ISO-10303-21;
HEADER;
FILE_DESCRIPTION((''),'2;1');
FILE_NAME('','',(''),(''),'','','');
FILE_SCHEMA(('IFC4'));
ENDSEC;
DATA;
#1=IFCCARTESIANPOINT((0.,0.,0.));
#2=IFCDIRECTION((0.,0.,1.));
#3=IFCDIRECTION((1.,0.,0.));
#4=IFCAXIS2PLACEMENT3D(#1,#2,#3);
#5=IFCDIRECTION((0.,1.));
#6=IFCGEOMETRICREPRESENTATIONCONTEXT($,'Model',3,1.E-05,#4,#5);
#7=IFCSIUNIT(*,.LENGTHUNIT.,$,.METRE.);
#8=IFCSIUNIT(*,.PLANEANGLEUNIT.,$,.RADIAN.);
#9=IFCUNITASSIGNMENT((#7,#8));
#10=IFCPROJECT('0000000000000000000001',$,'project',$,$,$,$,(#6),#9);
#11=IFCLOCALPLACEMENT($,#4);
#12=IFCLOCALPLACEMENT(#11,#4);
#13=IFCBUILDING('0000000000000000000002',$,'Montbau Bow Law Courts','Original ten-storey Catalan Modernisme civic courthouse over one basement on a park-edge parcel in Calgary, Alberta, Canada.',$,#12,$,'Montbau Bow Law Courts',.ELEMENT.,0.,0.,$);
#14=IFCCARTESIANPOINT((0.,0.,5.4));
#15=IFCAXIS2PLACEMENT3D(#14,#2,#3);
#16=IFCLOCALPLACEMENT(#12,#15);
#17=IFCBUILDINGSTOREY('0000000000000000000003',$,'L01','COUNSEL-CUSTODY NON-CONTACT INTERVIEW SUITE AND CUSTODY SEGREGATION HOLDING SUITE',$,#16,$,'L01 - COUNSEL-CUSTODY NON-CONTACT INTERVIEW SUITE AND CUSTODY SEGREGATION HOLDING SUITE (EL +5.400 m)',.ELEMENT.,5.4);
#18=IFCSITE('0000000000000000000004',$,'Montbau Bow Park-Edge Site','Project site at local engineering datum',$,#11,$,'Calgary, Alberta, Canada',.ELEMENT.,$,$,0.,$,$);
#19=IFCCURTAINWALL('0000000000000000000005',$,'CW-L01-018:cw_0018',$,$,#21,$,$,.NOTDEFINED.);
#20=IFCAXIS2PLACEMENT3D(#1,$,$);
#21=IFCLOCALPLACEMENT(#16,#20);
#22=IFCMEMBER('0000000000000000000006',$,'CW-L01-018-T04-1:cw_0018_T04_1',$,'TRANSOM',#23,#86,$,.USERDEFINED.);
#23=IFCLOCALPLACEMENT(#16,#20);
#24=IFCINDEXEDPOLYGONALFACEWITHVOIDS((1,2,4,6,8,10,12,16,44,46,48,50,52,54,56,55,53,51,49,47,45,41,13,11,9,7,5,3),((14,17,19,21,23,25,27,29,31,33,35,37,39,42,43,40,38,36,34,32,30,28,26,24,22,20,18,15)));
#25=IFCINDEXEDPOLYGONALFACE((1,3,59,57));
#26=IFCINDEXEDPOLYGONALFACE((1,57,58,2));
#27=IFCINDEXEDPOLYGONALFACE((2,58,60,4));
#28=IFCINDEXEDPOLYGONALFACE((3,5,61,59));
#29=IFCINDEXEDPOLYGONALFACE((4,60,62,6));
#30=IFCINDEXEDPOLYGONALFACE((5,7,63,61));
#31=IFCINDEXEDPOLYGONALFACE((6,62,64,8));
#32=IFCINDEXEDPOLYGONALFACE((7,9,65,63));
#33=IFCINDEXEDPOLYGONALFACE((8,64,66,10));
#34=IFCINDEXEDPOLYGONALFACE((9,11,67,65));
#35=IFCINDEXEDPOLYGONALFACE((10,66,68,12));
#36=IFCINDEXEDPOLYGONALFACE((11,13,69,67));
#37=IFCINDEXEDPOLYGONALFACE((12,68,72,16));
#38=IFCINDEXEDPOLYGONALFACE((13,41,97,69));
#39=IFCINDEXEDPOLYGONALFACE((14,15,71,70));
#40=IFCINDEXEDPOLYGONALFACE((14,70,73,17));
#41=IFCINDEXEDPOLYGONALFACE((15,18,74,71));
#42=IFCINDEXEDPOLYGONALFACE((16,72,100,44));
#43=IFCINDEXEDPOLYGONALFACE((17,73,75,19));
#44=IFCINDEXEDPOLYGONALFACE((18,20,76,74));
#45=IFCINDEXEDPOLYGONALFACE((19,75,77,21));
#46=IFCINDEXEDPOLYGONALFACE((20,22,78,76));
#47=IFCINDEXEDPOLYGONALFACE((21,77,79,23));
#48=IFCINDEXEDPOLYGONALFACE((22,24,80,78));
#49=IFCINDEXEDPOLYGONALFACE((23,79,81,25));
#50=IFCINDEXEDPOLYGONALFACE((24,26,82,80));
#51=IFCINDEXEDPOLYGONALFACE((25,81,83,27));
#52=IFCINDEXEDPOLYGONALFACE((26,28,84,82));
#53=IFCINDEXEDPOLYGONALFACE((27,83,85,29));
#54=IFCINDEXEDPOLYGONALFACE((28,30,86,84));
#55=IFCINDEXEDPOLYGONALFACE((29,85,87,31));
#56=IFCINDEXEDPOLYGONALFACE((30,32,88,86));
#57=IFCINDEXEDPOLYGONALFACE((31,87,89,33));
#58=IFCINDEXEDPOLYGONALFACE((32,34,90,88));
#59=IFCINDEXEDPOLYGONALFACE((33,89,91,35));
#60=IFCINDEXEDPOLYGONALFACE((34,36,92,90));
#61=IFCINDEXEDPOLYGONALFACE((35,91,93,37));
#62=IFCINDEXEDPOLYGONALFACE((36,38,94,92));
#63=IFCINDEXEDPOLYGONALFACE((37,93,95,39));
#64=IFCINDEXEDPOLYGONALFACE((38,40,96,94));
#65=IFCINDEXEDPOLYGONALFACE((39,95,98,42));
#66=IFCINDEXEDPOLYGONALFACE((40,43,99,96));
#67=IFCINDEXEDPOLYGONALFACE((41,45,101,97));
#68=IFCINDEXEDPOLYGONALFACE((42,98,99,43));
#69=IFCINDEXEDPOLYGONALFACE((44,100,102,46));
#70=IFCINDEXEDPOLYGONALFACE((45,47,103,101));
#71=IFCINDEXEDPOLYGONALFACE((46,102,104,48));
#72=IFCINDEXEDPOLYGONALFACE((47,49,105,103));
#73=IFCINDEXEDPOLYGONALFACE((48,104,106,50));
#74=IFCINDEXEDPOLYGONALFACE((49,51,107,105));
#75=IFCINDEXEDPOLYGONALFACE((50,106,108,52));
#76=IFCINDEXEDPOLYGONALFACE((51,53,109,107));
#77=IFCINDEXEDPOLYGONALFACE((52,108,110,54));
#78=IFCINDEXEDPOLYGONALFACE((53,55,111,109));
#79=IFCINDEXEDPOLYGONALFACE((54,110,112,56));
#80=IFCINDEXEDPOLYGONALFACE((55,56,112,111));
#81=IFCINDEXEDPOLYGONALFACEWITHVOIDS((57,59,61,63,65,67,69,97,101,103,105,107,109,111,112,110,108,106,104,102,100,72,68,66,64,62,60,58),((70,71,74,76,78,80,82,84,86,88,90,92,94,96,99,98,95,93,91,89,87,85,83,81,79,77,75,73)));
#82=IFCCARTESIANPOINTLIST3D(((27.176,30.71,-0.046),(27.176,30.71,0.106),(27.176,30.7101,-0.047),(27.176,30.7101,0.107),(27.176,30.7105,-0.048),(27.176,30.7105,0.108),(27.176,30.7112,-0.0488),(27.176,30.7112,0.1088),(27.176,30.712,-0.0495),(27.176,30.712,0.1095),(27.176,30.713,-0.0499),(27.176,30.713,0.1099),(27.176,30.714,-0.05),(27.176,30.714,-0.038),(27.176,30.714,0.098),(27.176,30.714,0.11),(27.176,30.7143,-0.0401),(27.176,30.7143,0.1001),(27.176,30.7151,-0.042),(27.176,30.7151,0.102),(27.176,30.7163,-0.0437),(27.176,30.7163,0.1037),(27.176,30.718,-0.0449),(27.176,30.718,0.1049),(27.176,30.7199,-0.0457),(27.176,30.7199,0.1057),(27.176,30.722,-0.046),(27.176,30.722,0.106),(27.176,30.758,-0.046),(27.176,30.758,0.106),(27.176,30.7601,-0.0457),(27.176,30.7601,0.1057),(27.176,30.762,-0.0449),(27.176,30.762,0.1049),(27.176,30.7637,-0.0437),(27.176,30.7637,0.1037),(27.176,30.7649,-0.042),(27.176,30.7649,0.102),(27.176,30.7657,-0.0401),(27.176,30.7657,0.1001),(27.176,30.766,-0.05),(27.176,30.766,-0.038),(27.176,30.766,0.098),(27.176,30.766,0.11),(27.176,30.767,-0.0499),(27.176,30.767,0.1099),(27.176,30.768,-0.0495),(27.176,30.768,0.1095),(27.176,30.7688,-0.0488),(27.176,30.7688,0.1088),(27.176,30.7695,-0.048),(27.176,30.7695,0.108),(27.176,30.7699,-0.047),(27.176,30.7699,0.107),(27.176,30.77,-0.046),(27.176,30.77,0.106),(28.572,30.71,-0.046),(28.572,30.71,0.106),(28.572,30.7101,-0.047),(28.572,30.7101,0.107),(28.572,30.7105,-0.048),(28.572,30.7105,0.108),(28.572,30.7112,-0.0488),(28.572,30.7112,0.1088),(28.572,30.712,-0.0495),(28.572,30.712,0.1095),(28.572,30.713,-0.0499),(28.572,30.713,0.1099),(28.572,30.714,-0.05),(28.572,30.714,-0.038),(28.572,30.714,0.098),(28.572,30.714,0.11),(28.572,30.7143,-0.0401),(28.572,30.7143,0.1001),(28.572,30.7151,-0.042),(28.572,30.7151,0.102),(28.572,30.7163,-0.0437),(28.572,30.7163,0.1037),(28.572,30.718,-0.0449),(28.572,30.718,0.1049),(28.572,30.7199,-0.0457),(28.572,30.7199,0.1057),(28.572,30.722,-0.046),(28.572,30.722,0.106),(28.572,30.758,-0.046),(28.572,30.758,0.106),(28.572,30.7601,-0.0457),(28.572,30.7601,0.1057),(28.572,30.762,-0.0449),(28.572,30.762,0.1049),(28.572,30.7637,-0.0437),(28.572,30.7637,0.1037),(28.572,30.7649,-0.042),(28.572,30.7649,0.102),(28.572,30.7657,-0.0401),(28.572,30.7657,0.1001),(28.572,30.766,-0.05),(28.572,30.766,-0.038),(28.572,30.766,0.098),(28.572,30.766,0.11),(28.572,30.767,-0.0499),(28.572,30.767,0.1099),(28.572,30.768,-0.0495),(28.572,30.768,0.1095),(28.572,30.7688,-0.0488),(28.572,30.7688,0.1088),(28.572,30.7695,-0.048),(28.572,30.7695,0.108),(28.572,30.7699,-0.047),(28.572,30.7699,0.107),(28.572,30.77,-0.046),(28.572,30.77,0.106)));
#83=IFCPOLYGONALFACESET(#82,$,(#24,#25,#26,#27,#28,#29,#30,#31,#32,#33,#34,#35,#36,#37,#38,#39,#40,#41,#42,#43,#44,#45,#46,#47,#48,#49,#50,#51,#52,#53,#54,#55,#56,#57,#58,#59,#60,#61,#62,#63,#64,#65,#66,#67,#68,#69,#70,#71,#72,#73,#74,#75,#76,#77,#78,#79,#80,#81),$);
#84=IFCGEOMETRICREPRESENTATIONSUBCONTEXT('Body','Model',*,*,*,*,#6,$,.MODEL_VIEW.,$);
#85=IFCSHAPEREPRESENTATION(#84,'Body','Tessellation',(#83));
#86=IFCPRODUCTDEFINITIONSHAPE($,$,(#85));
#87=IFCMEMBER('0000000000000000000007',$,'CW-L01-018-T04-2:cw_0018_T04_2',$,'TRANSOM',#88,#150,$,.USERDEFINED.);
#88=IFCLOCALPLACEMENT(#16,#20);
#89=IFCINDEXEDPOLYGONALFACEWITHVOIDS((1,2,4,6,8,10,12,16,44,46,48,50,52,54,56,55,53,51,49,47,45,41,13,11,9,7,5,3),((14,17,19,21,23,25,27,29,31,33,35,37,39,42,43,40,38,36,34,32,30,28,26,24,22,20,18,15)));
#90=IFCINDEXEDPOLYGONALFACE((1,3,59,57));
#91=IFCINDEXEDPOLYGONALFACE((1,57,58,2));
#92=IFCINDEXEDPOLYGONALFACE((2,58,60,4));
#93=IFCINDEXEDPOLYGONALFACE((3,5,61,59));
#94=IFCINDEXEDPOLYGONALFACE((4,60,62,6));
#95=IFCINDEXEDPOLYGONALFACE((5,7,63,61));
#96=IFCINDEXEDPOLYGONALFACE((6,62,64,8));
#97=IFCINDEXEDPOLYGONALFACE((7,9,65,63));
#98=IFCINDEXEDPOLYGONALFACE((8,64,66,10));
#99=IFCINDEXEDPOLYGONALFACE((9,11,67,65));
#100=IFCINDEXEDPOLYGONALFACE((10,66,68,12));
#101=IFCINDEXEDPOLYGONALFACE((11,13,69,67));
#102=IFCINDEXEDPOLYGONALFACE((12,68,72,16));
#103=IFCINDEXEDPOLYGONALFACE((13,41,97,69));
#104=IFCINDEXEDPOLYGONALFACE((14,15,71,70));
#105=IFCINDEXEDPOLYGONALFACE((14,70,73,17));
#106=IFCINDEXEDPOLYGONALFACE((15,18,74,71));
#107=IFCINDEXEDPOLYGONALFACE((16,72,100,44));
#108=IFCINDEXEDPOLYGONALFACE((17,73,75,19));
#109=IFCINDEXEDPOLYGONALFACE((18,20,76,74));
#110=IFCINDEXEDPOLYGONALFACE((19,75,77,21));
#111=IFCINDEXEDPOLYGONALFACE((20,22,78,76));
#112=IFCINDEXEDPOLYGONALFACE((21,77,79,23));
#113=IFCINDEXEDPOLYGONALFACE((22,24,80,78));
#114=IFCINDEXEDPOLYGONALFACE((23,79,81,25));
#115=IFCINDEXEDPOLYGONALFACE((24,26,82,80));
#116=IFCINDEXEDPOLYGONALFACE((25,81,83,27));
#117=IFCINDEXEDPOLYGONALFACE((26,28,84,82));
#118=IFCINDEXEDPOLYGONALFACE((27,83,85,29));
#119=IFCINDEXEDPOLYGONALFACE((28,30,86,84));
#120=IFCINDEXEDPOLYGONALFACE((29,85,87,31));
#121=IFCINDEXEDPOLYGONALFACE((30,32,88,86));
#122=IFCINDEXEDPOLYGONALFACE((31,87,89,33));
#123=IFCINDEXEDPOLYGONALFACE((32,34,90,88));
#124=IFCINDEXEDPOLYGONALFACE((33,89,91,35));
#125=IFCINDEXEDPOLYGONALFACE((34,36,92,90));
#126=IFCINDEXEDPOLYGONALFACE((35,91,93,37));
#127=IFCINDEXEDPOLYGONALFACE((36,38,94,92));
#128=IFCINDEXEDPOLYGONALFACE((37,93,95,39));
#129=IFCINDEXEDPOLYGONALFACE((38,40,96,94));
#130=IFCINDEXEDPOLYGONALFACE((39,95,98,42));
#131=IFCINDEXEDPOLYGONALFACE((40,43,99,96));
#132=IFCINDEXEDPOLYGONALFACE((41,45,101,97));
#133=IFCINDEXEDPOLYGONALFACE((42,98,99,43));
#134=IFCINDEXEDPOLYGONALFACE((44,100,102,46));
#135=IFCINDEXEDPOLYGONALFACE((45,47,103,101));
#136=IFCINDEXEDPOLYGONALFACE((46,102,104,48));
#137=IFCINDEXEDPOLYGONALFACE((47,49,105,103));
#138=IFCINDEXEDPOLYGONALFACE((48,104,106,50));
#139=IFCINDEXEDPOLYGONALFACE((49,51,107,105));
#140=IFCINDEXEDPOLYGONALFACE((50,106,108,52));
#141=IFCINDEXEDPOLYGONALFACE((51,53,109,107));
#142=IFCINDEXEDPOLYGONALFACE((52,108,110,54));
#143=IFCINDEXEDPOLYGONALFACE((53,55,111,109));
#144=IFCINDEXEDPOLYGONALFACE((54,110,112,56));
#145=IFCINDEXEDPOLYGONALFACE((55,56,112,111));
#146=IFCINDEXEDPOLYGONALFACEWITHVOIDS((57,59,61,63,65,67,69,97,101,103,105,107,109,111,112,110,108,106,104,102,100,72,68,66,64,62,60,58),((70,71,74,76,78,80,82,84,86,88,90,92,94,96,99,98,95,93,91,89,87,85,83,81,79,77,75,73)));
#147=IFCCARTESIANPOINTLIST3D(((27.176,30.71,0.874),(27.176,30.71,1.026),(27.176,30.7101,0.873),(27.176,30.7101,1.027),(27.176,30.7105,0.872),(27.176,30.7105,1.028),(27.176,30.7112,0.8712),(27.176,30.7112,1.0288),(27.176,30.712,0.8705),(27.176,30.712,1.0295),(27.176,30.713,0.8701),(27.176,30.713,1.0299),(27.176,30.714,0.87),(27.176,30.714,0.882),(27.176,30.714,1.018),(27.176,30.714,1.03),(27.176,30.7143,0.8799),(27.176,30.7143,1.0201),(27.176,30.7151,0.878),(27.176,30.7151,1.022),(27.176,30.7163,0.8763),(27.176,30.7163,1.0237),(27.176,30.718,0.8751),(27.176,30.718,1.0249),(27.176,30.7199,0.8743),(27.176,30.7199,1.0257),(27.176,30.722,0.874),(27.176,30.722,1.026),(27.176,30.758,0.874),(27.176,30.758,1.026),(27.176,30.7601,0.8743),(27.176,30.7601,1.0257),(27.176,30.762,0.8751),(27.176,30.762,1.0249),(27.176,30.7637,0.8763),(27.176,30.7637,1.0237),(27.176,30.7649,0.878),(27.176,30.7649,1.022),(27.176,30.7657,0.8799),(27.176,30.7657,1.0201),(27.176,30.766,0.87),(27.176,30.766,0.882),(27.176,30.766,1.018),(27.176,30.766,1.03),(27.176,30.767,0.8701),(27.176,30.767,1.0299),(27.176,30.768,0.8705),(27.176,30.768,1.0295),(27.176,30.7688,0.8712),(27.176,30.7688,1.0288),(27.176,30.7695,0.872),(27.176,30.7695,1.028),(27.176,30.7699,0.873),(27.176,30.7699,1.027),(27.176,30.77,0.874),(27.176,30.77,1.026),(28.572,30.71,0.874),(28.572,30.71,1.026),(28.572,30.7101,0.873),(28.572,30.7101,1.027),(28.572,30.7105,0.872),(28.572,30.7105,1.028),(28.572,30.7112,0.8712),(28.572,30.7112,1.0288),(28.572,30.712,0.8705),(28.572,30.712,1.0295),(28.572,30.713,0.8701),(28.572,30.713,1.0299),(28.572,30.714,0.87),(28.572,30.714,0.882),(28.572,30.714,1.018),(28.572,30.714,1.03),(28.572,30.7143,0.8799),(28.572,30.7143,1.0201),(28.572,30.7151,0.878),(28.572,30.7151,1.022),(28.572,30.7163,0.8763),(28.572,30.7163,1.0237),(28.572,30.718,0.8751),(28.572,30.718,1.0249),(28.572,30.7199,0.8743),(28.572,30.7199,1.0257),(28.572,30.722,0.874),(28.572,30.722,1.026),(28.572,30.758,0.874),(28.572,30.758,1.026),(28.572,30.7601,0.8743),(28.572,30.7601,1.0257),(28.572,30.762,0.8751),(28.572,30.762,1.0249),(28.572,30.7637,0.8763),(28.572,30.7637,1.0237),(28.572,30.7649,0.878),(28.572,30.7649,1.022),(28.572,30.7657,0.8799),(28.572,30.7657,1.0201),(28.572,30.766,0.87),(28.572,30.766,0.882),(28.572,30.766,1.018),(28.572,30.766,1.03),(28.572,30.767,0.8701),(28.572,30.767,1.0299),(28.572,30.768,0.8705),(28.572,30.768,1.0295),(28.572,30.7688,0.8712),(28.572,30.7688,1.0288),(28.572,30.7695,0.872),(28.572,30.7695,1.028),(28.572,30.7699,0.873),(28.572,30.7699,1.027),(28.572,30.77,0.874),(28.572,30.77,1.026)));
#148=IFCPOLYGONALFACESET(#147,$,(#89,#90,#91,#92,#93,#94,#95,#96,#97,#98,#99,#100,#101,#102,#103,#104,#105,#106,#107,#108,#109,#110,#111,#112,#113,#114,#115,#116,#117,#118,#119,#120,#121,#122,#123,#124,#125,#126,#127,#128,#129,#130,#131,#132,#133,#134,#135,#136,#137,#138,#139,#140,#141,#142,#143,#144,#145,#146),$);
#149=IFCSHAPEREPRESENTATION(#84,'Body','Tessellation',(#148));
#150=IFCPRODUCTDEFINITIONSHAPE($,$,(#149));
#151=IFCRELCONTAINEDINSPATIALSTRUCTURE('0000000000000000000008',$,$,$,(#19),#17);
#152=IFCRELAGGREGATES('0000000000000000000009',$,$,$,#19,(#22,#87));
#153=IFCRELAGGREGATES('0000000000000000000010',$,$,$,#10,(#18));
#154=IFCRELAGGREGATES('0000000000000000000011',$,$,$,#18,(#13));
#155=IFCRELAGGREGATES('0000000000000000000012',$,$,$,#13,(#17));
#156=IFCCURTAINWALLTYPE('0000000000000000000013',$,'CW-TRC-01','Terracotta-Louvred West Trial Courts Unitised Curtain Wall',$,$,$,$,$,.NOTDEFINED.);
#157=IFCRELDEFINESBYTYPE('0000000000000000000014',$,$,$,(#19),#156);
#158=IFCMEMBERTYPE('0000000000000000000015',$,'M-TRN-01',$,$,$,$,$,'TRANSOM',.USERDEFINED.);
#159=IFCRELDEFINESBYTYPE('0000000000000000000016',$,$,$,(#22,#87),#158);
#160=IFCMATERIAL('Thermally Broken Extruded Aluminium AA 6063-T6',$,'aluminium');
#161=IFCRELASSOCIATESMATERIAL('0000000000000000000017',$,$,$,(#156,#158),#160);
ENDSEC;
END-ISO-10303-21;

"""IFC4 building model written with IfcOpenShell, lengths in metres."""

from ifc_helpers import new_model, si_unit, direction, frame, origin_with_axes, origin_2d_with_axis, place, context, subcontext, project, spatial, hollow_rectangle, extrude, material, material_profile, profile_set, type_object, element, aggregate, save


model = new_model("IFC4")

# Units and contexts
model_context = context("Model", 3, precision=1e-05, world=origin_with_axes(), true_north=direction((0.0, 1.0)))
body_context = subcontext(model_context, "Body", "Model", "MODEL_VIEW")
ifc_project = project(units=[si_unit("LENGTHUNIT", "METRE"), si_unit("PLANEANGLEUNIT", "RADIAN")], contexts=[model_context])

# Site, building, storey
site_placement = place(None, origin_with_axes())
site = spatial("IfcSite", under=ifc_project, at=site_placement, Name="Montbau Bow Park-Edge Site", Description="Project site at local engineering datum", LongName="Calgary, Alberta, Canada", CompositionType="ELEMENT", RefElevation=0.0)
building_placement = place(site_placement, origin_with_axes())
building = spatial("IfcBuilding", under=site, at=building_placement, Name="Montbau Bow Law Courts", Description="Original ten-storey Catalan Modernisme civic courthouse over one basement on a park-edge parcel in Calgary, Alberta, Canada.", LongName="Montbau Bow Law Courts", CompositionType="ELEMENT", ElevationOfRefHeight=0.0, ElevationOfTerrain=0.0)
storey_placement = place(building_placement, frame((0.0, 0.0, 5.4), z_axis=(0.0, 0.0, 1.0), x_axis=(1.0, 0.0, 0.0)))
storey = spatial("IfcBuildingStorey", under=building, at=storey_placement, Name="L01", Description="COUNSEL-CUSTODY NON-CONTACT INTERVIEW SUITE AND CUSTODY SEGREGATION HOLDING SUITE", LongName="L01 - COUNSEL-CUSTODY NON-CONTACT INTERVIEW SUITE AND CUSTODY SEGREGATION HOLDING SUITE (EL +5.400 m)", CompositionType="ELEMENT", Elevation=5.4)

# Curtain wall
ifc_material_1 = material(Name="Thermally Broken Extruded Aluminium AA 6063-T6", Category="aluminium")
curtain_wall_type = type_object("IfcCurtainWallType", Name="CW-TRC-01", Description="Terracotta-Louvred West Trial Courts Unitised Curtain Wall", PredefinedType="NOTDEFINED", material=ifc_material_1)
curtain_wall_1_placement = place(None, frame((22.715, 30.74, 5.4), z_axis=(0.0, 0.0, 1.0), x_axis=(1.0, 0.0, 0.0)))
curtain_wall_1 = element("IfcCurtainWall", 1, at=curtain_wall_1_placement, inside=storey, type_object=curtain_wall_type, Name="CW-L01-018:cw_0018", PredefinedType="NOTDEFINED")

# Members
ifc_material_profile_1 = material_profile(ifc_material_1, hollow_rectangle(XDim=0.06, YDim=0.16, WallThickness=0.004, InnerFilletRadius=0.008, OuterFilletRadius=0.004, at=origin_2d_with_axis()), Name="CWT-160X60", Category="Main", Priority=0)
ifc_profile_set_1 = profile_set([ifc_material_profile_1], Name="Thermally Broken Extruded Aluminium AA 6063-T6")
member_type_1 = type_object("IfcMemberType", Name="M-TRN-01", ElementType="TRANSOM", PredefinedType="USERDEFINED", material=ifc_profile_set_1)
member_1_placement = place(None, frame((27.176, 30.74, 5.43), z_axis=(1.0, 0.0, 0.0), x_axis=(0.0, 1.0, 0.0)))
member_1 = element("IfcMember", 2, at=member_1_placement, type_object=member_type_1, Name="CW-L01-018-T04-1:cw_0018_T04_1", ObjectType="TRANSOM", PredefinedType="USERDEFINED", context=body_context, shape_type="SweptSolid", body=[
    extrude(hollow_rectangle(XDim=0.06, YDim=0.16, WallThickness=0.004, InnerFilletRadius=0.008, OuterFilletRadius=0.004, at=origin_2d_with_axis()), origin_with_axes(), (0.0, 0.0, 1.0), 1.396),
])
member_2_placement = place(None, frame((27.176, 30.74, 6.35), z_axis=(1.0, 0.0, 0.0), x_axis=(0.0, 1.0, 0.0)))
member_2 = element("IfcMember", 3, at=member_2_placement, type_object=member_type_1, Name="CW-L01-018-T04-2:cw_0018_T04_2", ObjectType="TRANSOM", PredefinedType="USERDEFINED", context=body_context, shape_type="SweptSolid", body=[
    extrude(hollow_rectangle(XDim=0.06, YDim=0.16, WallThickness=0.004, InnerFilletRadius=0.008, OuterFilletRadius=0.004, at=origin_2d_with_axis()), origin_with_axes(), (0.0, 0.0, 1.0), 1.396),
])

aggregate(curtain_wall_1, [member_1, member_2])

save(model, "model.ifc")
